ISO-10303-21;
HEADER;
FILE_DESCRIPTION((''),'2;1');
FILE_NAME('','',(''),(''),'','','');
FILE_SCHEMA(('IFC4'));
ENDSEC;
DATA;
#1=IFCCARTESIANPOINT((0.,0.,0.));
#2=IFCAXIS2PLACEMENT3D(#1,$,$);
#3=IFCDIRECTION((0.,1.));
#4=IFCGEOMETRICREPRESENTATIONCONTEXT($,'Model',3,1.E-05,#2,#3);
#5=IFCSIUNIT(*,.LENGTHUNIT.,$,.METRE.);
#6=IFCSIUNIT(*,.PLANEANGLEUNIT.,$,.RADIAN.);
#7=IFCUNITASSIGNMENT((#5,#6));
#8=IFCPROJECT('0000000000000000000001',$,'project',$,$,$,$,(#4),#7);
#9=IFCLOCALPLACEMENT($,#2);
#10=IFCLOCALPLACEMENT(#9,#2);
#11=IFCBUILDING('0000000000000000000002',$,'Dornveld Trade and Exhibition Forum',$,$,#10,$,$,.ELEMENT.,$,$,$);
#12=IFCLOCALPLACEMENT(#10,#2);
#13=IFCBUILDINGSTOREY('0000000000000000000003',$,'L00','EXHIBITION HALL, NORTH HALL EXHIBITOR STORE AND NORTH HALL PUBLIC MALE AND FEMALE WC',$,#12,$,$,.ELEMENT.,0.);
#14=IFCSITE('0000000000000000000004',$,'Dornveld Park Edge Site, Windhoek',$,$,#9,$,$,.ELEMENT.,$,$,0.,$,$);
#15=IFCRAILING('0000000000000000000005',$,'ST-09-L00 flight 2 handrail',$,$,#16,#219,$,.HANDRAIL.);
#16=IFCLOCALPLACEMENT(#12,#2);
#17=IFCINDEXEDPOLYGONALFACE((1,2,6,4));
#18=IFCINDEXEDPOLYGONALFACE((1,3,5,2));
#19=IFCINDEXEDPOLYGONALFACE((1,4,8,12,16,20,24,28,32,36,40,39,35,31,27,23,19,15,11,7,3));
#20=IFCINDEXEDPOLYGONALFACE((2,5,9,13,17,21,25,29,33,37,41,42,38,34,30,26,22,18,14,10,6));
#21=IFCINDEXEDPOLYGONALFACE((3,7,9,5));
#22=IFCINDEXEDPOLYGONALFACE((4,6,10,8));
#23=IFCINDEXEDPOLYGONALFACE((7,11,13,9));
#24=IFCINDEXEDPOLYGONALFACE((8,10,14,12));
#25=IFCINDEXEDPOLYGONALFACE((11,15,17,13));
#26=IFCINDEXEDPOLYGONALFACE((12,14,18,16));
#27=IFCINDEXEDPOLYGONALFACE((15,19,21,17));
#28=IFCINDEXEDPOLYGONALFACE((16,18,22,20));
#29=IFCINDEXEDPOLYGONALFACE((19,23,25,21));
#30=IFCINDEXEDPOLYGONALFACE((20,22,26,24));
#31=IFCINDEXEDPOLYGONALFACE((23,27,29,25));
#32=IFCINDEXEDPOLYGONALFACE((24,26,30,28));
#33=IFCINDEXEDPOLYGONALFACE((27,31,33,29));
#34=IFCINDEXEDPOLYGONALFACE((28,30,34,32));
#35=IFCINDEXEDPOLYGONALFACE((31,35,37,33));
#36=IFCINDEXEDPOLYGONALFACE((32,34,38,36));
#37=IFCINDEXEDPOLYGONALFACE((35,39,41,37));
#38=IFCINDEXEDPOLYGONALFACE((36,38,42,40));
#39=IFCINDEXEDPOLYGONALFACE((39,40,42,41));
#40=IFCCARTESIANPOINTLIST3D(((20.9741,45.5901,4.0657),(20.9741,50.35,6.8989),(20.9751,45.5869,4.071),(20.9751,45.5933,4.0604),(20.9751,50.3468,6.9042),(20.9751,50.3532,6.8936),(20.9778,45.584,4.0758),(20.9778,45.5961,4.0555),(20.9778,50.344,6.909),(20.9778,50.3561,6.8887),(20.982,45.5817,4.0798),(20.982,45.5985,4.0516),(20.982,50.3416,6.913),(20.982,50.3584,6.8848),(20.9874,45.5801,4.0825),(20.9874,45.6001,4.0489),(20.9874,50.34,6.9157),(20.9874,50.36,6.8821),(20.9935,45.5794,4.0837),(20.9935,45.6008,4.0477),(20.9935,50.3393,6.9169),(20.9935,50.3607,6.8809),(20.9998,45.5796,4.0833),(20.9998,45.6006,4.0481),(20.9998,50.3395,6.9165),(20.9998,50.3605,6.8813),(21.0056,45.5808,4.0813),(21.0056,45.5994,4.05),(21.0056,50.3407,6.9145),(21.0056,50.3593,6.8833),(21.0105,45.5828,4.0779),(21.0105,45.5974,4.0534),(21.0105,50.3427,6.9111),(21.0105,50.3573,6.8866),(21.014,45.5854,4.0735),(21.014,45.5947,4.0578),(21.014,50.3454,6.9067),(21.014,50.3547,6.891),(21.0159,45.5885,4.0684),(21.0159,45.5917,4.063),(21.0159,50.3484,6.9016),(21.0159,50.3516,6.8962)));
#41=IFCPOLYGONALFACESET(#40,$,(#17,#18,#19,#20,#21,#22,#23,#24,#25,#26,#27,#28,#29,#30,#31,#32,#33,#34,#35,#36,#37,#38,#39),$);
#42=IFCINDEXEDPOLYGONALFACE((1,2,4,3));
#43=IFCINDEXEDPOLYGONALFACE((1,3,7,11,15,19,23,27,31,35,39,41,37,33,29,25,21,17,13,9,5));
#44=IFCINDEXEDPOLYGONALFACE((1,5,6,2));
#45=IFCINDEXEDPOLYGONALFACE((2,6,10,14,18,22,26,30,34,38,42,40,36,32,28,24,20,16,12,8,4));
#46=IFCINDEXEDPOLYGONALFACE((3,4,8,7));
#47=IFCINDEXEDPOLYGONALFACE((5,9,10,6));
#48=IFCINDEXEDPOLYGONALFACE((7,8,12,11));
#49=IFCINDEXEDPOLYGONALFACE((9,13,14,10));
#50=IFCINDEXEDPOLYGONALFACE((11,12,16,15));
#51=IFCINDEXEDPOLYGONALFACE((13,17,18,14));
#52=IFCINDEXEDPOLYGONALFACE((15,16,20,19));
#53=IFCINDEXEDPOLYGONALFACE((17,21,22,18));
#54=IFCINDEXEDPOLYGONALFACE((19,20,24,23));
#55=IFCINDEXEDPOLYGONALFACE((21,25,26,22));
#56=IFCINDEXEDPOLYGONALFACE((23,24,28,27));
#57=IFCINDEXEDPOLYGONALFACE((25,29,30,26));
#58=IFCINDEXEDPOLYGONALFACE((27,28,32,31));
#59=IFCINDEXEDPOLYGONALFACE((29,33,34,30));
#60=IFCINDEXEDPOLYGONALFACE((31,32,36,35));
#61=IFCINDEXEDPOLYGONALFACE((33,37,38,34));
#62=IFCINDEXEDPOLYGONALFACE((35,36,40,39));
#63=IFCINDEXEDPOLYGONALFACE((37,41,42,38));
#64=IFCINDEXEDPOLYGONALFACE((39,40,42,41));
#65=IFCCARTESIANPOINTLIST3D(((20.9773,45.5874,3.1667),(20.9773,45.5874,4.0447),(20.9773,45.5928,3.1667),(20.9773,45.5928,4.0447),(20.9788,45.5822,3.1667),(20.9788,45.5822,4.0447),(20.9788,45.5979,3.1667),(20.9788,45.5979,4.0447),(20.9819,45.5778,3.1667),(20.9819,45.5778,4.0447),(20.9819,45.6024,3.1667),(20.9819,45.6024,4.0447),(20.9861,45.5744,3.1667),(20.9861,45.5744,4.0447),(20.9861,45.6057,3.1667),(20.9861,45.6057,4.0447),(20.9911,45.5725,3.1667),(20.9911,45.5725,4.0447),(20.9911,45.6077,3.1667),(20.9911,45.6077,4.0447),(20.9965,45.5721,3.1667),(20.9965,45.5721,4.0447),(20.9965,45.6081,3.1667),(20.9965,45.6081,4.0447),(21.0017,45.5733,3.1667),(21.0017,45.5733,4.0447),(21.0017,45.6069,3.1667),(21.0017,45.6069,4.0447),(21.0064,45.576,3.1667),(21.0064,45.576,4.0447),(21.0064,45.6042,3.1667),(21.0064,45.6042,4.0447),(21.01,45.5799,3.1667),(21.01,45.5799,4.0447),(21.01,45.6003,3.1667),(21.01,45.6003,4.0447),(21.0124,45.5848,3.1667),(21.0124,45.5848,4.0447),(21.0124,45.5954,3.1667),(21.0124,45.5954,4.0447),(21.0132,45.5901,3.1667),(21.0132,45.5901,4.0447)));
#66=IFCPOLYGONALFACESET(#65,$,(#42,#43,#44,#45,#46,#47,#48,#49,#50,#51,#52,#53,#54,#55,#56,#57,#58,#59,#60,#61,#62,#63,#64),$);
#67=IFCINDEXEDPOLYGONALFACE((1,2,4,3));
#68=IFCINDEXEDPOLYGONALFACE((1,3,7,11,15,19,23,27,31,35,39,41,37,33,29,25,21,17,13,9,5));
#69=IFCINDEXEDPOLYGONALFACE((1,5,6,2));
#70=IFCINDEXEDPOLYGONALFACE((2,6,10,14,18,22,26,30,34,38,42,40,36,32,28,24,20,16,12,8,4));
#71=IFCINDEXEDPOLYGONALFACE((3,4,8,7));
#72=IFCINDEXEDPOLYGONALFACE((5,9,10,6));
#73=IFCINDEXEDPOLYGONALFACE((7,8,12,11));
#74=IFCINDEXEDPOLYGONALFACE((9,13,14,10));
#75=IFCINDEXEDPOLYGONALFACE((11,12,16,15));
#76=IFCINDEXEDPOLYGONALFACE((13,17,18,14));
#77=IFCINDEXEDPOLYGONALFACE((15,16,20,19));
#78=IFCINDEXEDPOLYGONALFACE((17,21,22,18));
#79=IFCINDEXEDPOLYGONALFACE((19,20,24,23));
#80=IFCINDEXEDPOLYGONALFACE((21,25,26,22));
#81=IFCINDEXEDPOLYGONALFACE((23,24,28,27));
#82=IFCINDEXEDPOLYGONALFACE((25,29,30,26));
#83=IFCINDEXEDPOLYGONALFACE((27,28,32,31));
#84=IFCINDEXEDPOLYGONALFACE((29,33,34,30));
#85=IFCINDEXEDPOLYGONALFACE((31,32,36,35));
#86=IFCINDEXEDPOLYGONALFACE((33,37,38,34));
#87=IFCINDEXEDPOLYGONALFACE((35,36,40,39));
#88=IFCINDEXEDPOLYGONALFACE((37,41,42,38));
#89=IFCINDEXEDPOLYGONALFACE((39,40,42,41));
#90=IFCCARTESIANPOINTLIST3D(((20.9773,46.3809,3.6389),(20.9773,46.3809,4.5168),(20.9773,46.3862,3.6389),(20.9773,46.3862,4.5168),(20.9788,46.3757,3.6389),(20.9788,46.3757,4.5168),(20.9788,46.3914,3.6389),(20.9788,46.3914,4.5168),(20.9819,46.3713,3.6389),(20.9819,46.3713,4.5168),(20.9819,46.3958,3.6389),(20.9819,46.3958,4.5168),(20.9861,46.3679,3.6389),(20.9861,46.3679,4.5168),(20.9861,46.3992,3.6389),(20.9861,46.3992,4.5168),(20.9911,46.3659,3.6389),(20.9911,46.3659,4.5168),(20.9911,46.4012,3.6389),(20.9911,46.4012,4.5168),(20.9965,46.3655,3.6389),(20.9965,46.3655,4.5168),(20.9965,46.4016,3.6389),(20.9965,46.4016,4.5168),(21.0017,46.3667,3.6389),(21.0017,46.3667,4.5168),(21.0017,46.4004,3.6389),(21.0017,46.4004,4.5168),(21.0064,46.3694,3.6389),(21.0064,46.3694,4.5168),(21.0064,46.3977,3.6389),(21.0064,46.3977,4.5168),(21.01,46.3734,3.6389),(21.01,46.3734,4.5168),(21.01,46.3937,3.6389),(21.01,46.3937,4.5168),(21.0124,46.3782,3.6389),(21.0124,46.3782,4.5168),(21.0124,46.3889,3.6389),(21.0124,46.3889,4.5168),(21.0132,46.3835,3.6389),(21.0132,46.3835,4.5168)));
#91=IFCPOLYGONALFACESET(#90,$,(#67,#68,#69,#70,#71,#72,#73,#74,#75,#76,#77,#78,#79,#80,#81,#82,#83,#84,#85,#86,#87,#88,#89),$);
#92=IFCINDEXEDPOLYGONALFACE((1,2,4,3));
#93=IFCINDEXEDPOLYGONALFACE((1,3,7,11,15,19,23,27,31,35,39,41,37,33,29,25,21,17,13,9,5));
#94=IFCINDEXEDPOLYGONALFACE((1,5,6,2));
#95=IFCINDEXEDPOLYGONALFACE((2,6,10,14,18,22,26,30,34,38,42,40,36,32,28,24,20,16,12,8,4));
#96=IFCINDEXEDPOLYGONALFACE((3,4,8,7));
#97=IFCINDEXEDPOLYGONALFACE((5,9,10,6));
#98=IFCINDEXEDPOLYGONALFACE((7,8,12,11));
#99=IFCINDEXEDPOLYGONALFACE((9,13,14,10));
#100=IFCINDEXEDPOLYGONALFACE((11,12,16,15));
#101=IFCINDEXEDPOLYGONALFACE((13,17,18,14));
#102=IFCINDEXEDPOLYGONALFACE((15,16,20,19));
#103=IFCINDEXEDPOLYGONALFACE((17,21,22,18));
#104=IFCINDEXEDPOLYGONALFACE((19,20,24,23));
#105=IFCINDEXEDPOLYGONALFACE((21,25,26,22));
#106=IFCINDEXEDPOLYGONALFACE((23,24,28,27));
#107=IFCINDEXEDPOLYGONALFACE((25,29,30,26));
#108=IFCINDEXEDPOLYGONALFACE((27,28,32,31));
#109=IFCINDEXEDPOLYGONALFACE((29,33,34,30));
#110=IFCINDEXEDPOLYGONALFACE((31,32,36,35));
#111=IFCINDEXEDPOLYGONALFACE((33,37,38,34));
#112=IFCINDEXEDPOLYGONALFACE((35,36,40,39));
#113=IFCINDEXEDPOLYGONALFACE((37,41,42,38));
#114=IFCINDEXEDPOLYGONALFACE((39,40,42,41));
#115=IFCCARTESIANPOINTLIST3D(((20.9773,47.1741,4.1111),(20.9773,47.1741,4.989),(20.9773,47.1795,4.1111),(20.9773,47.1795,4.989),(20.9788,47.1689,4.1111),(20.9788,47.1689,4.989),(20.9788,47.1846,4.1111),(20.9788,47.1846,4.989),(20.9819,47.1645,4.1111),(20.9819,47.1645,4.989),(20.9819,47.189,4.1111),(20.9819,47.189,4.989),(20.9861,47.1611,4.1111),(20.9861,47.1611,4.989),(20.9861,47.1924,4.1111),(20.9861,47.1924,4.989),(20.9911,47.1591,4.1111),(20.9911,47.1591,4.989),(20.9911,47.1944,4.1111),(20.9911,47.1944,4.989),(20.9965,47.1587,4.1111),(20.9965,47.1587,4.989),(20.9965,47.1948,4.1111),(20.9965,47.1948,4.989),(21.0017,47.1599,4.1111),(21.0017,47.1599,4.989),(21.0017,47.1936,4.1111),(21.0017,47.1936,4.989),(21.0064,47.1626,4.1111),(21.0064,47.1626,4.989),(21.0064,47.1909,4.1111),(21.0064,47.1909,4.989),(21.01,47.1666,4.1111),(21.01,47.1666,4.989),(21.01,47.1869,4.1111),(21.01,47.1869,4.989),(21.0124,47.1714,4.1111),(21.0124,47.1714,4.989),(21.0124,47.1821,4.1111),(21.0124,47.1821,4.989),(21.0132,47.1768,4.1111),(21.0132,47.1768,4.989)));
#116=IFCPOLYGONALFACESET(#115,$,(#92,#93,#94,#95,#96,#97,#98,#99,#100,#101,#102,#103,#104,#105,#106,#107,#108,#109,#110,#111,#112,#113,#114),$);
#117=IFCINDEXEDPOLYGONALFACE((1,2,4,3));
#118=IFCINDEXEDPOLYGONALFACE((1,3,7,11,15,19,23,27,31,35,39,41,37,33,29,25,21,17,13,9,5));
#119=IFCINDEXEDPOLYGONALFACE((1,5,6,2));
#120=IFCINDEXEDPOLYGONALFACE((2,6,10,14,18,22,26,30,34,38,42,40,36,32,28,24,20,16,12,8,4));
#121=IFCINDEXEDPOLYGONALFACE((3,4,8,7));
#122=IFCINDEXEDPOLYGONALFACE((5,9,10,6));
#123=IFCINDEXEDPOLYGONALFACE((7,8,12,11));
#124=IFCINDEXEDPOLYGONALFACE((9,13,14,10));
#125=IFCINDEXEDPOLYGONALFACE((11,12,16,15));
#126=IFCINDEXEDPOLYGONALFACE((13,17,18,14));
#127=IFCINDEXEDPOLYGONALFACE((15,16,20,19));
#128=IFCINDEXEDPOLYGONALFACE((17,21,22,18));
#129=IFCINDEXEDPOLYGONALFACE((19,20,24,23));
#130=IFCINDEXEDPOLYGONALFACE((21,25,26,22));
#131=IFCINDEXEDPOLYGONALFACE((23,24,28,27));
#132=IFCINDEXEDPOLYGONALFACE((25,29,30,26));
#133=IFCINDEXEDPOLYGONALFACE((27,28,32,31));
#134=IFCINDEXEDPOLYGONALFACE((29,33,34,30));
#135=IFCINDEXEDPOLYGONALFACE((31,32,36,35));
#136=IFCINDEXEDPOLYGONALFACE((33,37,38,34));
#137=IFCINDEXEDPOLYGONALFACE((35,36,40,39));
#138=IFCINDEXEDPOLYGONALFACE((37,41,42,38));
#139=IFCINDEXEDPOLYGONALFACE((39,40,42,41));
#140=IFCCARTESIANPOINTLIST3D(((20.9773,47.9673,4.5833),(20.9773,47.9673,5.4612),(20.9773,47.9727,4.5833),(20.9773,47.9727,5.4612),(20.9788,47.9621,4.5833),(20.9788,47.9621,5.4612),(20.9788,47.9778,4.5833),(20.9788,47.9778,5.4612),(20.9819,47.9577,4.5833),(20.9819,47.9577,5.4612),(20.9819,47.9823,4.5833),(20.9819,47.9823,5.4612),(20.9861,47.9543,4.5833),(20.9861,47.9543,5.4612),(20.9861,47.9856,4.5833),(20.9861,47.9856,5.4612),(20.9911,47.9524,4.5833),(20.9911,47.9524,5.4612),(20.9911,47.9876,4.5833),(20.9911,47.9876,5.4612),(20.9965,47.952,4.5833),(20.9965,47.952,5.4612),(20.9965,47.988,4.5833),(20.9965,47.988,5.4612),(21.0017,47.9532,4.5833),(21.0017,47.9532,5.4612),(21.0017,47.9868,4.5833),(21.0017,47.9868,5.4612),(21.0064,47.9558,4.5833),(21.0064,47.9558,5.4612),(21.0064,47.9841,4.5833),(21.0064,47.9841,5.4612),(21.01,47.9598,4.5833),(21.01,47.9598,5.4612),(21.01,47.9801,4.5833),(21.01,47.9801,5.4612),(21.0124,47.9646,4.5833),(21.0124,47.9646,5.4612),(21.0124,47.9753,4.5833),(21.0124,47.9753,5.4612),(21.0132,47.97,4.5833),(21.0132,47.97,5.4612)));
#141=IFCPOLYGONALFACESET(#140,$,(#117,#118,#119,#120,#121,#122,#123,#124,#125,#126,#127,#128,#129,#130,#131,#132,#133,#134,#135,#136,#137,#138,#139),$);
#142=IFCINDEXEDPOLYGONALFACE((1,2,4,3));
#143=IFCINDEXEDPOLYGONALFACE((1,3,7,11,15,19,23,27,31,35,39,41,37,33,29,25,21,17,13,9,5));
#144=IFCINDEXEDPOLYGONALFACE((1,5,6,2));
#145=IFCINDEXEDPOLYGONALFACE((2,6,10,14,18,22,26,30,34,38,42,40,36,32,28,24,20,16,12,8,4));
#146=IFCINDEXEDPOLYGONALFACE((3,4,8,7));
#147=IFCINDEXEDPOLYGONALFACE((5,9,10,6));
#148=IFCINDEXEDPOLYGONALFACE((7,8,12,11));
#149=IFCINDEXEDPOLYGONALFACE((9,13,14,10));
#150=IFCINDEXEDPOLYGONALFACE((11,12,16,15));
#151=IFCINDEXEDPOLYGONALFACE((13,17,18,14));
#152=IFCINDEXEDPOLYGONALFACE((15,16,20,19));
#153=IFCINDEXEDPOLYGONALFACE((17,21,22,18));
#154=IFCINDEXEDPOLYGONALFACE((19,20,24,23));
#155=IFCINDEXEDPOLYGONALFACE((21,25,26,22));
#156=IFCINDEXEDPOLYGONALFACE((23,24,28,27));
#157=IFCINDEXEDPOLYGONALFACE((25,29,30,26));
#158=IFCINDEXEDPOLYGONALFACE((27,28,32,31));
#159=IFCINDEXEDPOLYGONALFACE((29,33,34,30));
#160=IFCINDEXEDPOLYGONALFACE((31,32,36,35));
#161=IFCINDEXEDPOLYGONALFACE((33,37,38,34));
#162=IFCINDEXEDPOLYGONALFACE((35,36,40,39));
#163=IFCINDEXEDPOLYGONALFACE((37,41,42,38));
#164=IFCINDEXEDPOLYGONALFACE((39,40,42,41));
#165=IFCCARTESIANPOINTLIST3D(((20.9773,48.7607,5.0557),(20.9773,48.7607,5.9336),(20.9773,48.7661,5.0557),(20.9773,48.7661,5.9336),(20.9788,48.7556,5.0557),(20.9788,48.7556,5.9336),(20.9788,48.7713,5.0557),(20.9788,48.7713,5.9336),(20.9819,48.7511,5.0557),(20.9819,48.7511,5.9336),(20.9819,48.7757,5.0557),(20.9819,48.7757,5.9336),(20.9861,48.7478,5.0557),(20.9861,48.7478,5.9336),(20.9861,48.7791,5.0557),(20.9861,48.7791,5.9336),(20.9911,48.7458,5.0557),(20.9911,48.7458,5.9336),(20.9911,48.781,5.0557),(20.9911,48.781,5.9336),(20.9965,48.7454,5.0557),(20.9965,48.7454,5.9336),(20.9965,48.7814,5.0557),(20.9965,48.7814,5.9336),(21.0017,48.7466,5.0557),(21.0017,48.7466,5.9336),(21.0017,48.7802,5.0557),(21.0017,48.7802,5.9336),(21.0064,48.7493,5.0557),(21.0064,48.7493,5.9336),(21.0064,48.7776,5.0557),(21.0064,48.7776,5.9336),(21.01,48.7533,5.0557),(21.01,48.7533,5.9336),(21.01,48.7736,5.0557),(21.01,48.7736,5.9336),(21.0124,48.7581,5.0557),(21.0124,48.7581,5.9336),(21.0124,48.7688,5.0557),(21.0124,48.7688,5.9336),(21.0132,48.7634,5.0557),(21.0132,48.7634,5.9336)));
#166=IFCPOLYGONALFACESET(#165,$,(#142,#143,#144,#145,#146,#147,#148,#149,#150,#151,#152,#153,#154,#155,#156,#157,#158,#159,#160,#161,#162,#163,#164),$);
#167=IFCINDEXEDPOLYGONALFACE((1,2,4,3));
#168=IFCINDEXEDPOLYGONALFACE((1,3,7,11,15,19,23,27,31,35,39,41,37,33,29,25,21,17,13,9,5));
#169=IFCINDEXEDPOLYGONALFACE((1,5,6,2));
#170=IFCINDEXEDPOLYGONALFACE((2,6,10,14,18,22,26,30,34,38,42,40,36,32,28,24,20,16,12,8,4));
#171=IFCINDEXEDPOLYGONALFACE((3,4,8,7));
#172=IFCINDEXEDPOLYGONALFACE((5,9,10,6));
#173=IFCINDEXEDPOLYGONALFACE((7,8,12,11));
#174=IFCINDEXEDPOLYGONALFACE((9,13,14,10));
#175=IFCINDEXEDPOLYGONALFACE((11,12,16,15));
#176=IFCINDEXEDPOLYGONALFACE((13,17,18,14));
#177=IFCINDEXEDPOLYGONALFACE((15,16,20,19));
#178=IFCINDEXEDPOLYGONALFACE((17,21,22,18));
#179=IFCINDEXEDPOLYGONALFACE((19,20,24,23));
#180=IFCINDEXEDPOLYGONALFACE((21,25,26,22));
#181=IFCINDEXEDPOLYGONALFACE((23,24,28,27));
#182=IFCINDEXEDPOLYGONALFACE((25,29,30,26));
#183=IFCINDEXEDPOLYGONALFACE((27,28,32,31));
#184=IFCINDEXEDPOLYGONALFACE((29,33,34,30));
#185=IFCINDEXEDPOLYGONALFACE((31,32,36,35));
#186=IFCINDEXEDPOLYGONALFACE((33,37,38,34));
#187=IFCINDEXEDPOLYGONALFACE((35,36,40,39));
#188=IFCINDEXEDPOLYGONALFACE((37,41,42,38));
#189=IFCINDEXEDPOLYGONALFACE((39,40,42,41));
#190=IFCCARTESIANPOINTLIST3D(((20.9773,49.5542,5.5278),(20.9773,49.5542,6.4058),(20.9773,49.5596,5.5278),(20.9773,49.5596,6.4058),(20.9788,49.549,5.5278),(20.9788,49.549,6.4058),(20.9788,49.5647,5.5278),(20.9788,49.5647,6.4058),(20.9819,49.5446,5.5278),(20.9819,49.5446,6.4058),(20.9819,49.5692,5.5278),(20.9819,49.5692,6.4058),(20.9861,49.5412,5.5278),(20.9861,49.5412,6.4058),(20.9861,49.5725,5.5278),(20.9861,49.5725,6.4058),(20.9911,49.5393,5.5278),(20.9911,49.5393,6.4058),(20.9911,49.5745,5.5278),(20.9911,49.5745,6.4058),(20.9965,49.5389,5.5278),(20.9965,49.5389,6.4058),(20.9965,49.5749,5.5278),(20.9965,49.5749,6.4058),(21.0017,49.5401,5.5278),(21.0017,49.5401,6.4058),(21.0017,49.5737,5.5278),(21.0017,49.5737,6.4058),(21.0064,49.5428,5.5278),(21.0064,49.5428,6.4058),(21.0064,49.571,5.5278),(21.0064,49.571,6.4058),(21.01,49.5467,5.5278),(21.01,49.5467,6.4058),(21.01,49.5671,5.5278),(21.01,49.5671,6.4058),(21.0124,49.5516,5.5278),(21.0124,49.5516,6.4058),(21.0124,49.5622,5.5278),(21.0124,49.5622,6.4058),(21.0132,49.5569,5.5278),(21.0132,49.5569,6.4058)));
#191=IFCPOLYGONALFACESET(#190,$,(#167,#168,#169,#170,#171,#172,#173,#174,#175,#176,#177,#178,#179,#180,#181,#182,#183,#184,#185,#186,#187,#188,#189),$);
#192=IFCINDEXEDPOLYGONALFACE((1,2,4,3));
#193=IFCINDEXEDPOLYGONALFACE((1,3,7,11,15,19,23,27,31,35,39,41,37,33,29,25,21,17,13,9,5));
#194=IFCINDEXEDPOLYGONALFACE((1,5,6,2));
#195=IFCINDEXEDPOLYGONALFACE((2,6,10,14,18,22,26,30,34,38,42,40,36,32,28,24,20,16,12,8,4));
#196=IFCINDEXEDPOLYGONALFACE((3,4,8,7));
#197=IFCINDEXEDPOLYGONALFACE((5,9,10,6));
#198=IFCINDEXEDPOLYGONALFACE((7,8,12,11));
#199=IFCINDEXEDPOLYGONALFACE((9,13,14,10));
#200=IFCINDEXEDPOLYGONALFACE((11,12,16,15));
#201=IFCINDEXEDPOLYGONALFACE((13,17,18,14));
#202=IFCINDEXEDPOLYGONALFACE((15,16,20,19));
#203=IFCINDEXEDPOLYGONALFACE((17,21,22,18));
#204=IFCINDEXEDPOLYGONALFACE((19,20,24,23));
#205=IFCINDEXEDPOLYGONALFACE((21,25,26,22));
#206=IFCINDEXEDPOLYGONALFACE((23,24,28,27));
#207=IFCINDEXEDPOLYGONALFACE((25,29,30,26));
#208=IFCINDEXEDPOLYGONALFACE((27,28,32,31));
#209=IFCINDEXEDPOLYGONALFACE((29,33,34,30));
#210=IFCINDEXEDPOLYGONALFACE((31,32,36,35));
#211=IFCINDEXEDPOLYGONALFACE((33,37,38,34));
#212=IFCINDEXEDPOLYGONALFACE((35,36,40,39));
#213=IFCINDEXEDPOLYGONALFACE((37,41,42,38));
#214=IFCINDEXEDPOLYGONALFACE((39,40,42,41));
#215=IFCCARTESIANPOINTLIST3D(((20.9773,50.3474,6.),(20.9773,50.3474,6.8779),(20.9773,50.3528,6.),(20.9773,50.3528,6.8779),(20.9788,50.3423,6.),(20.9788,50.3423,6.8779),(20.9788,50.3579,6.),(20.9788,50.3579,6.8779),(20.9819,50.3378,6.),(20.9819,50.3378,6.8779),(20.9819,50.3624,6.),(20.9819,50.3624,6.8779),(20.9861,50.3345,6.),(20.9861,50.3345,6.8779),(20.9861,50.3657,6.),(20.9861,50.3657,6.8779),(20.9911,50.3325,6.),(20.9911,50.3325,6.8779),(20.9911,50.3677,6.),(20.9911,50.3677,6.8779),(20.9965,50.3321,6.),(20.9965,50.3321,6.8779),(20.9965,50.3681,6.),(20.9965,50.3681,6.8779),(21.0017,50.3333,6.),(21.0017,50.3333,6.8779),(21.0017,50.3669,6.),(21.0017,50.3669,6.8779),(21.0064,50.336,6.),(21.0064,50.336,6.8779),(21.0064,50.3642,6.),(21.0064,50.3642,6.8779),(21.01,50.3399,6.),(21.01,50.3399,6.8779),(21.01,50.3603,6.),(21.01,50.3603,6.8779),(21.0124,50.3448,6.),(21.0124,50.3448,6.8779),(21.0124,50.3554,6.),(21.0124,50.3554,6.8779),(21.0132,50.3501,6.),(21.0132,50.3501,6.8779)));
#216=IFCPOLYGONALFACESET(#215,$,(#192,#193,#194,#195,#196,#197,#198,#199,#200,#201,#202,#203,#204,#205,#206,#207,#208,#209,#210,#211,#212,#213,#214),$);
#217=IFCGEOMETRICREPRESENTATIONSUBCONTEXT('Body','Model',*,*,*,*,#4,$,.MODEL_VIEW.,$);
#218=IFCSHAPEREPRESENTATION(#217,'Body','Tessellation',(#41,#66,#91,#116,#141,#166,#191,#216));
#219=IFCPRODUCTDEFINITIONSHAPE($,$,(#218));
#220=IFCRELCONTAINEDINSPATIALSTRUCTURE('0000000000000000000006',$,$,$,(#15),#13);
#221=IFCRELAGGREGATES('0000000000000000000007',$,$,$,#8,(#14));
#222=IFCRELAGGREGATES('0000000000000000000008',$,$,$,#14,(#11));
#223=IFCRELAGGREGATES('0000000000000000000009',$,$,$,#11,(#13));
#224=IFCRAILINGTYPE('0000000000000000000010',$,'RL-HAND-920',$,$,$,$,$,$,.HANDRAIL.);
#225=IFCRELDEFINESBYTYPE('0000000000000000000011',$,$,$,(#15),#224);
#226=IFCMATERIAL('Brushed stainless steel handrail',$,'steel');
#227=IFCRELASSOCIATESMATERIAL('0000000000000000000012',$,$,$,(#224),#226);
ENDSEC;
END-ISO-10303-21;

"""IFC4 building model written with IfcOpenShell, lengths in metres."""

from ifc_helpers import new_model, si_unit, direction, frame, origin, origin_2d, place, context, subcontext, project, spatial, circle, extrude, material, type_object, element, save


model = new_model("IFC4")

# Units and contexts
model_context = context("Model", 3, precision=1e-05, world=origin(), true_north=direction((0.0, 1.0)))
body_context = subcontext(model_context, "Body", "Model", "MODEL_VIEW")
ifc_project = project(units=[si_unit("LENGTHUNIT", "METRE"), si_unit("PLANEANGLEUNIT", "RADIAN")], contexts=[model_context])

# Site, building, storey
site_placement = place(None, origin())
site = spatial("IfcSite", under=ifc_project, at=site_placement, Name="Dornveld Park Edge Site, Windhoek", CompositionType="ELEMENT", RefElevation=0.0)
building_placement = place(site_placement, origin())
building = spatial("IfcBuilding", under=site, at=building_placement, Name="Dornveld Trade and Exhibition Forum", CompositionType="ELEMENT")
storey_placement = place(building_placement, origin())
storey = spatial("IfcBuildingStorey", under=building, at=storey_placement, Name="L00", Description="EXHIBITION HALL, NORTH HALL EXHIBITOR STORE AND NORTH HALL PUBLIC MALE AND FEMALE WC", CompositionType="ELEMENT", Elevation=0.0)

# Railing
ifc_material_1 = material(Name="Brushed stainless steel handrail", Category="steel")
railing_type_1 = type_object("IfcRailingType", Name="RL-HAND-920", PredefinedType="HANDRAIL", material=ifc_material_1)
railing_1_placement = place(storey_placement, frame((20.9951, 45.5901, 3.1667)))
element("IfcRailing", 1, at=railing_1_placement, inside=storey, type_object=railing_type_1, Name="ST-09-L00 flight 2 handrail", PredefinedType="HANDRAIL", context=body_context, shape_type="SweptSolid", body=[
    extrude(circle(Radius=0.021, at=origin_2d()), frame((0.0, 0.0, 0.8989), z_axis=(0.0, 0.8593, 0.511472), x_axis=(-1.0, 0.0, 0.0)), (0.0, 0.0, 1.0), 5.5393),
    extrude(circle(Radius=0.0181, at=origin_2d()), origin(), (0.0, 0.0, 1.0), 0.8779),
    extrude(circle(Radius=0.0181, at=origin_2d()), frame((0.0, 0.7935, 0.4722)), (0.0, 0.0, 1.0), 0.8779),
    extrude(circle(Radius=0.0181, at=origin_2d()), frame((0.0, 1.5867, 0.9443)), (0.0, 0.0, 1.0), 0.8779),
    extrude(circle(Radius=0.0181, at=origin_2d()), frame((0.0, 2.3799, 1.4165)), (0.0, 0.0, 1.0), 0.8779),
    extrude(circle(Radius=0.0181, at=origin_2d()), frame((0.0, 3.1733, 1.8889)), (0.0, 0.0, 1.0), 0.8779),
    extrude(circle(Radius=0.0181, at=origin_2d()), frame((0.0, 3.9668, 2.3611)), (0.0, 0.0, 1.0), 0.8779),
    extrude(circle(Radius=0.0181, at=origin_2d()), frame((0.0, 4.76, 2.8333)), (0.0, 0.0, 1.0), 0.8779),
])

save(model, "model.ifc")
